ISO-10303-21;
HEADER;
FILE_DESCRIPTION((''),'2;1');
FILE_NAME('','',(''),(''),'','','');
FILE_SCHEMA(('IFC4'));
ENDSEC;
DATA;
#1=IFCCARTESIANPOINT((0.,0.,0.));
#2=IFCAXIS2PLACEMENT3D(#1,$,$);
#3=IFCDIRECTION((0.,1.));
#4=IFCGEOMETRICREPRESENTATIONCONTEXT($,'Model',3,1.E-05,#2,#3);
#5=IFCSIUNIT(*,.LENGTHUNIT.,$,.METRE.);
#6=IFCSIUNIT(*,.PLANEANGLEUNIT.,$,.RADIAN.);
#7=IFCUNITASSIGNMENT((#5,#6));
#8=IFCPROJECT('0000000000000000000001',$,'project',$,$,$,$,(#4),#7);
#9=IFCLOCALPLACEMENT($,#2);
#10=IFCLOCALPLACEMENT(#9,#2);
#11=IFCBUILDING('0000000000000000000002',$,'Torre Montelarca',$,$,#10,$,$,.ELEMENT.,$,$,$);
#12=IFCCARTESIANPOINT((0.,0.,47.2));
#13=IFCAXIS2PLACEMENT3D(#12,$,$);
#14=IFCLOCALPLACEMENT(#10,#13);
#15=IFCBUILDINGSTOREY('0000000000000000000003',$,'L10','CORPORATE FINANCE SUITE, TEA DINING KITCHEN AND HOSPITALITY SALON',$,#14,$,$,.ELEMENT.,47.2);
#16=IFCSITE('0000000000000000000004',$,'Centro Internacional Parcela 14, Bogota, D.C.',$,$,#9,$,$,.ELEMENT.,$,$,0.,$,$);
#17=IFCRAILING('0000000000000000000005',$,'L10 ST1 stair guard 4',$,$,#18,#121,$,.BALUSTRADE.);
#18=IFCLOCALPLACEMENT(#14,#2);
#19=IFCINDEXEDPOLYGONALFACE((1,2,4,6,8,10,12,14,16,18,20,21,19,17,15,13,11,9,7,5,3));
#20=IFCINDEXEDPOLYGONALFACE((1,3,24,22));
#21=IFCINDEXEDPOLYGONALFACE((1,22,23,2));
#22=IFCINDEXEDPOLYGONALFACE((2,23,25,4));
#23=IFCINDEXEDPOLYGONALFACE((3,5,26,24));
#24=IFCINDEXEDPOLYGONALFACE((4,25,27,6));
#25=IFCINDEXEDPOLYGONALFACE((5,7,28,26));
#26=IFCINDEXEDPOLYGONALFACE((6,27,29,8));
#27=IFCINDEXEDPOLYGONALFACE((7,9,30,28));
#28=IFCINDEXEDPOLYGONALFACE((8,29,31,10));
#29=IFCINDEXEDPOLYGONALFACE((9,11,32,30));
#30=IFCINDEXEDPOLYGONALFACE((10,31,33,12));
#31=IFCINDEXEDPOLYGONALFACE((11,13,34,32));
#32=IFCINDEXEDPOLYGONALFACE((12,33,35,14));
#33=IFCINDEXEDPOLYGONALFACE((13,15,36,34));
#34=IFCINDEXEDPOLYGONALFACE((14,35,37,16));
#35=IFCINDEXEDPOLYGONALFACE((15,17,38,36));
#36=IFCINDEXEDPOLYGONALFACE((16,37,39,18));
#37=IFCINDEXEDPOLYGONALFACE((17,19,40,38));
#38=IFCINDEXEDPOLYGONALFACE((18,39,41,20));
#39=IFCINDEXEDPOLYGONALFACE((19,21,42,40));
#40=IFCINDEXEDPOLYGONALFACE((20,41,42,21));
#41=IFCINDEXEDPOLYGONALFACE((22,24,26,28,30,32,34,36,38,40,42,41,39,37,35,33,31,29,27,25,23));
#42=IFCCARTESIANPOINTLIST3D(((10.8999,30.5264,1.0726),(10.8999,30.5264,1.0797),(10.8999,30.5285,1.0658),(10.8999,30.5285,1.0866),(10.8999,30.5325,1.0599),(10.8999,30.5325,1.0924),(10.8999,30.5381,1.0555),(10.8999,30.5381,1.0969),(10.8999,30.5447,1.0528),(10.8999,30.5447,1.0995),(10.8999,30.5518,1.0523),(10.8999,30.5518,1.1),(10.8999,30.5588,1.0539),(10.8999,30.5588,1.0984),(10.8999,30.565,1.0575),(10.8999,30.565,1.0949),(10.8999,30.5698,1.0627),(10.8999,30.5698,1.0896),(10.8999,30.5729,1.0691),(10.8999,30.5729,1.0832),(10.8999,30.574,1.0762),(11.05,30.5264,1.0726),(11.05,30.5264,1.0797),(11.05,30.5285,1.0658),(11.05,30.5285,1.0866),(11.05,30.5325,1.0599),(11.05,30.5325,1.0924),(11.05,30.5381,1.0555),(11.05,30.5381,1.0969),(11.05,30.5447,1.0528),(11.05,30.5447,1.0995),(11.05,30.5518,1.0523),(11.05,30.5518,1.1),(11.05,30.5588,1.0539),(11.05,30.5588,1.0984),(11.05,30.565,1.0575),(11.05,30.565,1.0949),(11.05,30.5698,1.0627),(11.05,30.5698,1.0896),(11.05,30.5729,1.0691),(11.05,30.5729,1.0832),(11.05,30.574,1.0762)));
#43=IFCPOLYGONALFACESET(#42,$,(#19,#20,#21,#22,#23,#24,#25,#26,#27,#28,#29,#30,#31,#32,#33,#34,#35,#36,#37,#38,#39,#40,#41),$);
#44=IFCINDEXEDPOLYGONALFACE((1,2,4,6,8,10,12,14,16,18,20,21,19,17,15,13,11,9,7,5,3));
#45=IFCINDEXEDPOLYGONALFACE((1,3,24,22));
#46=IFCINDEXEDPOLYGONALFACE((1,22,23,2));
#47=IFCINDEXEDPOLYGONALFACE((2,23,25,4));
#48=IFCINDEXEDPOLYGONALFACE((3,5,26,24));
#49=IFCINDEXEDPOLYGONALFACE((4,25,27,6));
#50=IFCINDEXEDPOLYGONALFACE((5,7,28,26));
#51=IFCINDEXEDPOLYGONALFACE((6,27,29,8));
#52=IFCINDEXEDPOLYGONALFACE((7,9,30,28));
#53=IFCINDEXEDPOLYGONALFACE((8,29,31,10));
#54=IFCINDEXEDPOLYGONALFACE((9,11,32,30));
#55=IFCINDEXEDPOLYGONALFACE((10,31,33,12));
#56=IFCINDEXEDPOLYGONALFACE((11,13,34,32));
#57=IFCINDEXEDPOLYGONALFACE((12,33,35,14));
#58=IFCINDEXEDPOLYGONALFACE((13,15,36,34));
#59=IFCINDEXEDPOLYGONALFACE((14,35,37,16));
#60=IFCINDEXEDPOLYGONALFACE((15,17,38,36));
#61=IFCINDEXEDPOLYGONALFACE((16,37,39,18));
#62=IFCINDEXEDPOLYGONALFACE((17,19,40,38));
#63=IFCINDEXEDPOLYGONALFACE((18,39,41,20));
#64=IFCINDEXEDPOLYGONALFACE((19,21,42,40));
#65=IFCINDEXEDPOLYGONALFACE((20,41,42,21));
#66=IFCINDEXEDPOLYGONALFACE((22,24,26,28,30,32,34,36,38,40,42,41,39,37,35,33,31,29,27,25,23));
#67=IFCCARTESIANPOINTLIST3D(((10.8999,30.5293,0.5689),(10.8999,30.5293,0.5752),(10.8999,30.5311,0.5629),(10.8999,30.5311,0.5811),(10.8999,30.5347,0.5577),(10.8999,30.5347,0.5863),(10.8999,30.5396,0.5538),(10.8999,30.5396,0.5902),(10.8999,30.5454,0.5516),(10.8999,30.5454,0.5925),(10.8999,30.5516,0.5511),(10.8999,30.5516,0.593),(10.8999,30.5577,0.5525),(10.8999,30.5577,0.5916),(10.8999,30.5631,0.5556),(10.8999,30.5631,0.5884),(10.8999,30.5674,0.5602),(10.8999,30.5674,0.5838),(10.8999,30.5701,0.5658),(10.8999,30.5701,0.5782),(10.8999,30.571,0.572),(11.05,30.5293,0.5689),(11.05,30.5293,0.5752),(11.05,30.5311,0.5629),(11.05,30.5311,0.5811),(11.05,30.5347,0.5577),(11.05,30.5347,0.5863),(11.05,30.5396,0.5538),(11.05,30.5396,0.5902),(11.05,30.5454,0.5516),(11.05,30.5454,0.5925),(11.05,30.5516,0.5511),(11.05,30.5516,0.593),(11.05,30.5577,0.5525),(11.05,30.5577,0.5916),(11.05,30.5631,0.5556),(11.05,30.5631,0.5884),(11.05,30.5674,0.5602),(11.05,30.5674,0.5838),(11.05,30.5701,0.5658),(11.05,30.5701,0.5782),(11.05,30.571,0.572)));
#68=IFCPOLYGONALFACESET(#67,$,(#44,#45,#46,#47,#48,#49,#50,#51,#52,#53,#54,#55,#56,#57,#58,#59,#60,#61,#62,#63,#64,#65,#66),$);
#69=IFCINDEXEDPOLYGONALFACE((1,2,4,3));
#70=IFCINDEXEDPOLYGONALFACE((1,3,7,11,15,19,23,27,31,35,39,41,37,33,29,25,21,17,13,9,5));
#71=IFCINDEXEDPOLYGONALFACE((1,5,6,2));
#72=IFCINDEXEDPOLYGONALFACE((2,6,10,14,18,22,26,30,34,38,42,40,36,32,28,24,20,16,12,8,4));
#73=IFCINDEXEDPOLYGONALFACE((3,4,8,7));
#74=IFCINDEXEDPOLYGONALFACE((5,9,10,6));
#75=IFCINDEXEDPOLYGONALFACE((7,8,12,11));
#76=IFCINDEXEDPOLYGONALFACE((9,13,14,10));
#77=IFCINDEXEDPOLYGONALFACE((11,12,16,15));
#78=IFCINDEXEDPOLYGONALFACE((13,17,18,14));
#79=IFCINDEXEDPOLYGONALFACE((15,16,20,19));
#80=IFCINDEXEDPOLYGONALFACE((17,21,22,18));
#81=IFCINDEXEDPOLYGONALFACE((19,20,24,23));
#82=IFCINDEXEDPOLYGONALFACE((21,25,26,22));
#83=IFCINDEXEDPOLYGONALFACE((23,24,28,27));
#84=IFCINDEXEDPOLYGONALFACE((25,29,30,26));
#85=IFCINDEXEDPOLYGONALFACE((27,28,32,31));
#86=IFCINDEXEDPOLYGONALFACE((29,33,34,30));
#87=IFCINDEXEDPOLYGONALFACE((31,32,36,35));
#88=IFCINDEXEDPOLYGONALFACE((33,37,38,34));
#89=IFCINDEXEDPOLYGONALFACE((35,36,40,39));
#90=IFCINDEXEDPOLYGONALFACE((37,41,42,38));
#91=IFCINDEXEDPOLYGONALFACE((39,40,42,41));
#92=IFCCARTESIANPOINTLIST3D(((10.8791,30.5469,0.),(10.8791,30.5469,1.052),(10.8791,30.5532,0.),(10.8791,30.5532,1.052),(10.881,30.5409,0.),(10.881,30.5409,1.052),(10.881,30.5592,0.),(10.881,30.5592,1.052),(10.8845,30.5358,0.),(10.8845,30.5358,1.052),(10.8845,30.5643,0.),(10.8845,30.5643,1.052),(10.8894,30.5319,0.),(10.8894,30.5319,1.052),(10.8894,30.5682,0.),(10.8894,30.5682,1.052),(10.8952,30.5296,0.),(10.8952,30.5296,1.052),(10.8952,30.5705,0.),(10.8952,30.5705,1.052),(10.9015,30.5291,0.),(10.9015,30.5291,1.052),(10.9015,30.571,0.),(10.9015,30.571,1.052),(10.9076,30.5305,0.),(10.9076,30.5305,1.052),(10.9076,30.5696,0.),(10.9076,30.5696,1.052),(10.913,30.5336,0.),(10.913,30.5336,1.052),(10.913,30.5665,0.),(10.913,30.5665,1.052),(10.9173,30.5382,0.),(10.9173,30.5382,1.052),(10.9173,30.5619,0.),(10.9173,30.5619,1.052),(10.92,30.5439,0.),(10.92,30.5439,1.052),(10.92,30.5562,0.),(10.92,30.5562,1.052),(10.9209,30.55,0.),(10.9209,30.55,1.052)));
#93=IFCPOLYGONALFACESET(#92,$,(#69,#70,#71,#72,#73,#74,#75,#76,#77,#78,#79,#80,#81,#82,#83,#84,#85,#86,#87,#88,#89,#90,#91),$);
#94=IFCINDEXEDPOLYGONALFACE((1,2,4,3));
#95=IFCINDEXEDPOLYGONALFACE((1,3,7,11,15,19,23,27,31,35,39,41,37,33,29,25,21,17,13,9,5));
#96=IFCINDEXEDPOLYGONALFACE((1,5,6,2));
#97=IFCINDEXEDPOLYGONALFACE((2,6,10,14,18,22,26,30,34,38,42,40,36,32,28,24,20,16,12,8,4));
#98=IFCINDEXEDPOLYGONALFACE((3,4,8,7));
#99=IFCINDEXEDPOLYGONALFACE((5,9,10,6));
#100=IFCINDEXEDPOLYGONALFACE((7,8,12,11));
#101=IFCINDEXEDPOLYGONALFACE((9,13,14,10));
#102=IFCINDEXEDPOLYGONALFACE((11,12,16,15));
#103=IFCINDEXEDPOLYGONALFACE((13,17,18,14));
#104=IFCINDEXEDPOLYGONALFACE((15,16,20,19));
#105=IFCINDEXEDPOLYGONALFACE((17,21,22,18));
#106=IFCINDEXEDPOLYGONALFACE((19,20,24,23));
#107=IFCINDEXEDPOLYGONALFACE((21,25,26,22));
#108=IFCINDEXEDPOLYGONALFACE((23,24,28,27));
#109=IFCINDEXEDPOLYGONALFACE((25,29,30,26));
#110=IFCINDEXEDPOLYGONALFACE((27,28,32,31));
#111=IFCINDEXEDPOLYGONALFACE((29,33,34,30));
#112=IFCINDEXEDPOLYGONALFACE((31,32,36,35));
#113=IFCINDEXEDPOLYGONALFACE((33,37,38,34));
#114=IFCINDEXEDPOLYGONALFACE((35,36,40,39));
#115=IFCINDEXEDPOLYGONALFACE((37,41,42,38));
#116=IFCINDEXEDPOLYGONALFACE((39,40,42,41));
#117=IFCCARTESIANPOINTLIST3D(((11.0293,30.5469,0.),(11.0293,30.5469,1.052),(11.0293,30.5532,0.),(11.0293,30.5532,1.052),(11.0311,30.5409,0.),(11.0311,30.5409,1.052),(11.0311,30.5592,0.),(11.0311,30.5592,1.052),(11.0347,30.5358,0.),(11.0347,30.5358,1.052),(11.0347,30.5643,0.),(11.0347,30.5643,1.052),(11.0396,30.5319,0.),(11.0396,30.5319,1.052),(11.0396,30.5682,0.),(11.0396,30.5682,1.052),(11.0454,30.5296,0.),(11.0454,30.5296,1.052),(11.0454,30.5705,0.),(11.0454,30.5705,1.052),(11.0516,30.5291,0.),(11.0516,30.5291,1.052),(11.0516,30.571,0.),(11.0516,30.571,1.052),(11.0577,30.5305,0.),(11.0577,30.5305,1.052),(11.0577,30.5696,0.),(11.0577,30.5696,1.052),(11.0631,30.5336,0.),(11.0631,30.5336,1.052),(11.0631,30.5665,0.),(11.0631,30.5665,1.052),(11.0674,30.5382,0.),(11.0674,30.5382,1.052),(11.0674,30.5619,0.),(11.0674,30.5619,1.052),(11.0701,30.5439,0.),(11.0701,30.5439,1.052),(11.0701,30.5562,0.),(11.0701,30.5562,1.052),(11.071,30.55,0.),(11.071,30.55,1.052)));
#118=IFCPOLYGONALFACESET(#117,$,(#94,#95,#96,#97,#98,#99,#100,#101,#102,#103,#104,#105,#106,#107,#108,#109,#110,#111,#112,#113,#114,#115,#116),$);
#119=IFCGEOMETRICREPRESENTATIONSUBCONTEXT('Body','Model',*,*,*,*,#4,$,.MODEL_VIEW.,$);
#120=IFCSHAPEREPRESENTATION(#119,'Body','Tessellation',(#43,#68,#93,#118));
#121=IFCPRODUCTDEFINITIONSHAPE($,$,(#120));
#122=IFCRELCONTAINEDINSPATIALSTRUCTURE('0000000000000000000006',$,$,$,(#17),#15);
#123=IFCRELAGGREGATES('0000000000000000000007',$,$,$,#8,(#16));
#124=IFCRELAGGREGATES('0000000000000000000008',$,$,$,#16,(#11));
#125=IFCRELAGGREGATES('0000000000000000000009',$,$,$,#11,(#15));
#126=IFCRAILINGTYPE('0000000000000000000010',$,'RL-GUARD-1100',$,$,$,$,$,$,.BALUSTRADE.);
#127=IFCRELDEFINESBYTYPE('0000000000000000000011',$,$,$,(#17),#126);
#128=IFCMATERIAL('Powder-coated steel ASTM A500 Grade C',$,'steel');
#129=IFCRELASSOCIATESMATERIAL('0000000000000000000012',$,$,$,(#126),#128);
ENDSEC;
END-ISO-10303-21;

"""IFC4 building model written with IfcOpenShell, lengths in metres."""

from ifc_helpers import new_model, si_unit, direction, frame, origin, origin_2d, place, context, subcontext, project, spatial, circle, extrude, material, type_object, element, save


model = new_model("IFC4")

# Units and contexts
model_context = context("Model", 3, precision=1e-05, world=origin(), true_north=direction((0.0, 1.0)))
body_context = subcontext(model_context, "Body", "Model", "MODEL_VIEW")
ifc_project = project(units=[si_unit("LENGTHUNIT", "METRE"), si_unit("PLANEANGLEUNIT", "RADIAN")], contexts=[model_context])

# Site, building, storey
site_placement = place(None, origin())
site = spatial("IfcSite", under=ifc_project, at=site_placement, Name="Centro Internacional Parcela 14, Bogota, D.C.", CompositionType="ELEMENT", RefElevation=0.0)
building_placement = place(site_placement, origin())
building = spatial("IfcBuilding", under=site, at=building_placement, Name="Torre Montelarca", CompositionType="ELEMENT")
storey_placement = place(building_placement, frame((0.0, 0.0, 47.2)))
storey = spatial("IfcBuildingStorey", under=building, at=storey_placement, Name="L10", Description="CORPORATE FINANCE SUITE, TEA DINING KITCHEN AND HOSPITALITY SALON", CompositionType="ELEMENT", Elevation=47.2)

# Railing
ifc_material_1 = material(Name="Powder-coated steel ASTM A500 Grade C", Category="steel")
railing_type_1 = type_object("IfcRailingType", Name="RL-GUARD-1100", PredefinedType="BALUSTRADE", material=ifc_material_1)
railing_1_placement = place(storey_placement, frame((10.8999, 30.55, 0.0)))
element("IfcRailing", 1, at=railing_1_placement, inside=storey, type_object=railing_type_1, Name="L10 ST1 stair guard 4", PredefinedType="BALUSTRADE", context=body_context, shape_type="SweptSolid", body=[
    extrude(circle(Radius=0.0239, at=origin_2d()), frame((0.0, 0.0, 1.0762), z_axis=(1.0, 0.0, 0.0), x_axis=(0.0, 1.0, 0.0)), (0.0, 0.0, 1.0), 0.1501),
    extrude(circle(Radius=0.021, at=origin_2d()), frame((0.0, 0.0, 0.572), z_axis=(1.0, 0.0, 0.0), x_axis=(0.0, 1.0, 0.0)), (0.0, 0.0, 1.0), 0.1501),
    extrude(circle(Radius=0.021, at=origin_2d()), origin(), (0.0, 0.0, 1.0), 1.052),
    extrude(circle(Radius=0.021, at=origin_2d()), frame((0.1501, 0.0, 0.0)), (0.0, 0.0, 1.0), 1.052),
])

save(model, "model.ifc")
